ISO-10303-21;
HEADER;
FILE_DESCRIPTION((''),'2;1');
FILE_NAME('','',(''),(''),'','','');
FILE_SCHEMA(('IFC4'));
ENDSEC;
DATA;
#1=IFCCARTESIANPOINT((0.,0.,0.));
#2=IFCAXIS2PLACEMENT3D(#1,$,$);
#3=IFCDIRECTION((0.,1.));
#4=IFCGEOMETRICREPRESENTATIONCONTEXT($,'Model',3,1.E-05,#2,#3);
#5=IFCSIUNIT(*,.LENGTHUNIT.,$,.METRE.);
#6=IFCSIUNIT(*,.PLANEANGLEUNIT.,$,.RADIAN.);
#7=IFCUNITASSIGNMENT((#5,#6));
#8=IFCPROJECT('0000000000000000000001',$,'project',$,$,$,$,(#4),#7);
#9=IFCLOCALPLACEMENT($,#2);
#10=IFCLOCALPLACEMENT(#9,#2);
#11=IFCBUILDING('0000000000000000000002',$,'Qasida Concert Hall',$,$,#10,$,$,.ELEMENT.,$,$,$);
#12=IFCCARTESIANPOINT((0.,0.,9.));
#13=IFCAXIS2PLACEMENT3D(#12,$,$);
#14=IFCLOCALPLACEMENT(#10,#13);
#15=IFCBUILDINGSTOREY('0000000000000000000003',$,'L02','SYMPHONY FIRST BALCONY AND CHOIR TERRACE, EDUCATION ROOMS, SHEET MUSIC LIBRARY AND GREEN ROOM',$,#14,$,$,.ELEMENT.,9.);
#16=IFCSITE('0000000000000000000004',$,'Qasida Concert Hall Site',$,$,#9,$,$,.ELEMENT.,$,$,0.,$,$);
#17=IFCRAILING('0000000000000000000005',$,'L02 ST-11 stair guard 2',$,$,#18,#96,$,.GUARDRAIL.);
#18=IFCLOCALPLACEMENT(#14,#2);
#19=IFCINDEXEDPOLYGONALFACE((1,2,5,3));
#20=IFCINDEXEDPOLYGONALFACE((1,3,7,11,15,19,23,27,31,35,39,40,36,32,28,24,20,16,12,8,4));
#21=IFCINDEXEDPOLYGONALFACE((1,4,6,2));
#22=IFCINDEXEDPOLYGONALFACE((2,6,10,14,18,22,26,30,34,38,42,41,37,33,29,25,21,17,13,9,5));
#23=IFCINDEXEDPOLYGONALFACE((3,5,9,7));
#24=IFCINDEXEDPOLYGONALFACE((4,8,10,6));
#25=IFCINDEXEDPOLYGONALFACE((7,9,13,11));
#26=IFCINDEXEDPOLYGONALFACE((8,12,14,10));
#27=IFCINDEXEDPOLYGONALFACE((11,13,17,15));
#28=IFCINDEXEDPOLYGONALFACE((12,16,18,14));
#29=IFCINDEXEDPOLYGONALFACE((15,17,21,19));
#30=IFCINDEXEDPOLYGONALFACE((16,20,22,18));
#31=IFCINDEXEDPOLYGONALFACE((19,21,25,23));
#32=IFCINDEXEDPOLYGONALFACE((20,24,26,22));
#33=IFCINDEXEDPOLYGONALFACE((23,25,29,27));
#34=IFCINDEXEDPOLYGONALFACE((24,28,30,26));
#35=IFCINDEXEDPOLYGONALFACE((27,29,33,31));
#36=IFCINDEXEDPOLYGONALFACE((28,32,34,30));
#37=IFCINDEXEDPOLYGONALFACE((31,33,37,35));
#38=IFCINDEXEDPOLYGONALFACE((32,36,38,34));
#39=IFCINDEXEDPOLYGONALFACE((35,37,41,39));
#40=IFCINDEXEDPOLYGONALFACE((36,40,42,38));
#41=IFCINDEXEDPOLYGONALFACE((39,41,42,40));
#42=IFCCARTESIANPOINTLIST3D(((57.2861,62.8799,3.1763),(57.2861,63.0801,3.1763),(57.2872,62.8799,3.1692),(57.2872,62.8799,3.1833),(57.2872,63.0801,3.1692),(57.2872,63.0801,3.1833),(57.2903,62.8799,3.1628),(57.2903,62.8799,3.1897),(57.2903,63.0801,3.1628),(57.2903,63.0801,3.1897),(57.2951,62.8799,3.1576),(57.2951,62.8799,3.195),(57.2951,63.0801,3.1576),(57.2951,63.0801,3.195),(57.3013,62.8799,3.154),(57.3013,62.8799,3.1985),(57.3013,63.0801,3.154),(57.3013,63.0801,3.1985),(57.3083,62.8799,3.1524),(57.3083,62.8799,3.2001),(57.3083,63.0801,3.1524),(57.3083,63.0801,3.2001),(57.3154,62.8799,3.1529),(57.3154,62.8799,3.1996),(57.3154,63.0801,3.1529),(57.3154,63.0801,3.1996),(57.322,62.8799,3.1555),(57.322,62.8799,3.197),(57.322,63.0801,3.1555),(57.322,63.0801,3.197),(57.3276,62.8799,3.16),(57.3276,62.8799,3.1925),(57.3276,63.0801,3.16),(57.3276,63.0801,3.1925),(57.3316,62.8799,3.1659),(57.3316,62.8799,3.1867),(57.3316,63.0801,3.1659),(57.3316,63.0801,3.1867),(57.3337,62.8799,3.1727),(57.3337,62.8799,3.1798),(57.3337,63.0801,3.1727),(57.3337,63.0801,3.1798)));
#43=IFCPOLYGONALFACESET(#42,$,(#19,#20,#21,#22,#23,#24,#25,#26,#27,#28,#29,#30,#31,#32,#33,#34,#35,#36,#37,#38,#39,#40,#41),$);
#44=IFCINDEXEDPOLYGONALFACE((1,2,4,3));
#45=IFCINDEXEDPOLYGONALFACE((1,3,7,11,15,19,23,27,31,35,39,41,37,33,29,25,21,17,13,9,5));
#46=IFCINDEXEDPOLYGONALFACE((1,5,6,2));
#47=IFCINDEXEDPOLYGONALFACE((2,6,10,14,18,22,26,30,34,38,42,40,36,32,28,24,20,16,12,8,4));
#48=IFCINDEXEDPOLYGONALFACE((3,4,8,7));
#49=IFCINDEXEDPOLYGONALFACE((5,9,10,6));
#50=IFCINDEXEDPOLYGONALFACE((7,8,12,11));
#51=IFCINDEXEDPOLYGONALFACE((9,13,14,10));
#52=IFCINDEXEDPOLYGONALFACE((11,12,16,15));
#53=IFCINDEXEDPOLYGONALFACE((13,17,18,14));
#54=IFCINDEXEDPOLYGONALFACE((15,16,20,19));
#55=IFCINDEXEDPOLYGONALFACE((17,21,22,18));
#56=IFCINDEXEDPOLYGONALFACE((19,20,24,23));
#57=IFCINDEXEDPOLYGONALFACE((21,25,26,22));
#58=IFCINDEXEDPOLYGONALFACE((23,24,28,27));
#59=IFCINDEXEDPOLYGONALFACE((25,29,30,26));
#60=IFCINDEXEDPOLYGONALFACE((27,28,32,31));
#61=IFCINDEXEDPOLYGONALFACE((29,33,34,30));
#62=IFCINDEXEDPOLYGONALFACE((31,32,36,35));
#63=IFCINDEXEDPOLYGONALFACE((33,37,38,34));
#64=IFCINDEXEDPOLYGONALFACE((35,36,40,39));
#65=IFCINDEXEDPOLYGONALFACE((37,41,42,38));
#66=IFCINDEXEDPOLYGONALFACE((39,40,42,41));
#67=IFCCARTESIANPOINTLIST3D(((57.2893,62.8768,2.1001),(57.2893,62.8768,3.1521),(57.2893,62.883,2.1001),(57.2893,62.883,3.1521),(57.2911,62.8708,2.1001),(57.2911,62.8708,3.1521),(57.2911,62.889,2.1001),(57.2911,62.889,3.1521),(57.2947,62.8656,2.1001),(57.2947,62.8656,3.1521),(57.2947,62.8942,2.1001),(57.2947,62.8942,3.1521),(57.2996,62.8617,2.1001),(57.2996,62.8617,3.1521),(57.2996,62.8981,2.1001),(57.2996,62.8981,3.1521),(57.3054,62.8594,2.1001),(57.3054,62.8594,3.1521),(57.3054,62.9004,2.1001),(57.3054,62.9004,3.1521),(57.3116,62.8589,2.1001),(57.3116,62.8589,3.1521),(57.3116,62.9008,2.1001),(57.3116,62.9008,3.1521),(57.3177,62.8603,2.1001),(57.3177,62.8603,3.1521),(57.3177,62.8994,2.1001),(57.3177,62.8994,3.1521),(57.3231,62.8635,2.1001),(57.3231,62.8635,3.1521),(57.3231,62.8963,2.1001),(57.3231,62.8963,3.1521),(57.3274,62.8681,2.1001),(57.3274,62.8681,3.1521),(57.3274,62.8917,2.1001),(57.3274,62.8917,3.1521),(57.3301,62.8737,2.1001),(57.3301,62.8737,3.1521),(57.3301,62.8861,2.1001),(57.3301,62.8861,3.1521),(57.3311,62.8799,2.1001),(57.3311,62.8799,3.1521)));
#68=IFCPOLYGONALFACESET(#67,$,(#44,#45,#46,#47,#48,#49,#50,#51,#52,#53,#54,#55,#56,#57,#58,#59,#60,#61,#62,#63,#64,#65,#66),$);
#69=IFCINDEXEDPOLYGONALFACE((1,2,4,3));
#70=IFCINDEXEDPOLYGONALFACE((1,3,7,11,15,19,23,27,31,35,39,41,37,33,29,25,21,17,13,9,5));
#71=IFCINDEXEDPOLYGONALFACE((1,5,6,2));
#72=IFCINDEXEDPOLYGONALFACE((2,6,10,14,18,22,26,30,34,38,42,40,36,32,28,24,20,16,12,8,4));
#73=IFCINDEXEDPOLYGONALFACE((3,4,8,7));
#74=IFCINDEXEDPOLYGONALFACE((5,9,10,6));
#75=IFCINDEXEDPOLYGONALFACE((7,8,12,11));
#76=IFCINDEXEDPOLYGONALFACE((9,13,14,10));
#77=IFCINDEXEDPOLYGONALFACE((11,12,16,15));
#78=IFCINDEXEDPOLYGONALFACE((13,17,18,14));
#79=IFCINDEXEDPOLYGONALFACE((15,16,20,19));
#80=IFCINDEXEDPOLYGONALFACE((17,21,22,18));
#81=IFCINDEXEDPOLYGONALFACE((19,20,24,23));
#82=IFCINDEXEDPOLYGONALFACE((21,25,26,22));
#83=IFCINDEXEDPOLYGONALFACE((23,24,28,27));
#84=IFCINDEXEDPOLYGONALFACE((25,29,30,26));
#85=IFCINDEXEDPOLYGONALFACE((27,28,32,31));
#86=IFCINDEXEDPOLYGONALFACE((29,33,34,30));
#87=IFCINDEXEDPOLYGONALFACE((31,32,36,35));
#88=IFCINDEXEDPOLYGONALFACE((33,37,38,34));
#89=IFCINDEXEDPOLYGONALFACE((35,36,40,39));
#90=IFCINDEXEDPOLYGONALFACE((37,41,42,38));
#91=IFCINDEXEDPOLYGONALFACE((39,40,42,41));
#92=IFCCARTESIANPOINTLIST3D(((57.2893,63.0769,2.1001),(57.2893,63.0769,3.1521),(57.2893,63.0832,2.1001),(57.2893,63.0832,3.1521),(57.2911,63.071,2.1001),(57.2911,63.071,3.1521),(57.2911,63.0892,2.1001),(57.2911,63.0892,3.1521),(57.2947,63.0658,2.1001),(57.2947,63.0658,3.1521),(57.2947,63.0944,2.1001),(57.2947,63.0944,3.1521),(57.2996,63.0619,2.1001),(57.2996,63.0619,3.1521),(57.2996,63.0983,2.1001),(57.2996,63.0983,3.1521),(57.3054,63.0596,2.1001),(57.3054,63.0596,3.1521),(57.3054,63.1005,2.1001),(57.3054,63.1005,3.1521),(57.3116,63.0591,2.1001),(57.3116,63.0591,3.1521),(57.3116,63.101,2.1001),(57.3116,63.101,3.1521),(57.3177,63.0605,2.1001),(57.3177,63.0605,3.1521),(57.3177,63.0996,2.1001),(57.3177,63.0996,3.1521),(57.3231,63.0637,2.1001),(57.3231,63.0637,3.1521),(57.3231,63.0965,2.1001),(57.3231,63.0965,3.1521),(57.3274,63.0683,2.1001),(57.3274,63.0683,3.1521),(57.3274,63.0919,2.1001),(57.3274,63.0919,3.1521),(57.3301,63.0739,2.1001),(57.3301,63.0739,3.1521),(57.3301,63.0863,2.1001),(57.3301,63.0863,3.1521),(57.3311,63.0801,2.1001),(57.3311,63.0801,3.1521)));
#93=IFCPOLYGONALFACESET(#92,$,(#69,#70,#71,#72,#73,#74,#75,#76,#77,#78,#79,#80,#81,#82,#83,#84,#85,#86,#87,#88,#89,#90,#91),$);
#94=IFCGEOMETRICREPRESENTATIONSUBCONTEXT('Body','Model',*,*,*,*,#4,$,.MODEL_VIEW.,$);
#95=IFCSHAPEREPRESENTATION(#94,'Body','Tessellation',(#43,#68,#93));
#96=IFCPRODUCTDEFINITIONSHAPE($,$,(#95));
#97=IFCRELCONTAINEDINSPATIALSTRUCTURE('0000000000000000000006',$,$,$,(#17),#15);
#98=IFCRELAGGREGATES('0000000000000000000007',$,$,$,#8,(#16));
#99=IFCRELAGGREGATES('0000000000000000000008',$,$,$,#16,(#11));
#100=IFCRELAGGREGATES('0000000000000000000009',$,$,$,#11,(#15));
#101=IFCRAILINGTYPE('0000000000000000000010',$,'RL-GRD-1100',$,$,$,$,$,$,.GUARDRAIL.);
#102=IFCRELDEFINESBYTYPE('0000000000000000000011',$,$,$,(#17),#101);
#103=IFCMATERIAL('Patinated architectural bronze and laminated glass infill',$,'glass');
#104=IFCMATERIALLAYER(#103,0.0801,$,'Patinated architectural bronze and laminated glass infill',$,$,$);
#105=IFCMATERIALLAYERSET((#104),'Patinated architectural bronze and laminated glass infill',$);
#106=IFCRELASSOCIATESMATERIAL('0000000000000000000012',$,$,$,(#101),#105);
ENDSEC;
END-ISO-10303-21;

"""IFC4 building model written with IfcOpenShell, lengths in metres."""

from ifc_helpers import new_model, si_unit, direction, frame, origin, origin_2d, place, context, subcontext, project, spatial, circle, extrude, material, layer, layer_set, type_object, element, save


model = new_model("IFC4")

# Units and contexts
model_context = context("Model", 3, precision=1e-05, world=origin(), true_north=direction((0.0, 1.0)))
body_context = subcontext(model_context, "Body", "Model", "MODEL_VIEW")
ifc_project = project(units=[si_unit("LENGTHUNIT", "METRE"), si_unit("PLANEANGLEUNIT", "RADIAN")], contexts=[model_context])

# Site, building, storey
site_placement = place(None, origin())
site = spatial("IfcSite", under=ifc_project, at=site_placement, Name="Qasida Concert Hall Site", CompositionType="ELEMENT", RefElevation=0.0)
building_placement = place(site_placement, origin())
building = spatial("IfcBuilding", under=site, at=building_placement, Name="Qasida Concert Hall", CompositionType="ELEMENT")
storey_placement = place(building_placement, frame((0.0, 0.0, 9.0)))
storey = spatial("IfcBuildingStorey", under=building, at=storey_placement, Name="L02", Description="SYMPHONY FIRST BALCONY AND CHOIR TERRACE, EDUCATION ROOMS, SHEET MUSIC LIBRARY AND GREEN ROOM", CompositionType="ELEMENT", Elevation=9.0)

# Railing
ifc_material_1 = material(Name="Patinated architectural bronze and laminated glass infill", Category="glass")
ifc_layer_1 = layer(ifc_material_1, 0.0801, Name="Patinated architectural bronze and laminated glass infill")
ifc_layer_set_1 = layer_set([ifc_layer_1], Name="Patinated architectural bronze and laminated glass infill")
railing_type_1 = type_object("IfcRailingType", Name="RL-GRD-1100", PredefinedType="GUARDRAIL", material=ifc_layer_set_1)
railing_1_placement = place(storey_placement, frame((57.3101, 62.8799, 2.1001)))
element("IfcRailing", 1, at=railing_1_placement, inside=storey, type_object=railing_type_1, Name="L02 ST-11 stair guard 2", PredefinedType="GUARDRAIL", context=body_context, shape_type="SweptSolid", body=[
    extrude(circle(Radius=0.0239, at=origin_2d()), frame((0.0, 0.0, 1.0762), z_axis=(0.0, 1.0, 0.0), x_axis=(-1.0, 0.0, 0.0)), (0.0, 0.0, 1.0), 0.2002),
    extrude(circle(Radius=0.021, at=origin_2d()), origin(), (0.0, 0.0, 1.0), 1.052),
    extrude(circle(Radius=0.021, at=origin_2d()), frame((0.0, 0.2002, 0.0)), (0.0, 0.0, 1.0), 1.052),
])

save(model, "model.ifc")
